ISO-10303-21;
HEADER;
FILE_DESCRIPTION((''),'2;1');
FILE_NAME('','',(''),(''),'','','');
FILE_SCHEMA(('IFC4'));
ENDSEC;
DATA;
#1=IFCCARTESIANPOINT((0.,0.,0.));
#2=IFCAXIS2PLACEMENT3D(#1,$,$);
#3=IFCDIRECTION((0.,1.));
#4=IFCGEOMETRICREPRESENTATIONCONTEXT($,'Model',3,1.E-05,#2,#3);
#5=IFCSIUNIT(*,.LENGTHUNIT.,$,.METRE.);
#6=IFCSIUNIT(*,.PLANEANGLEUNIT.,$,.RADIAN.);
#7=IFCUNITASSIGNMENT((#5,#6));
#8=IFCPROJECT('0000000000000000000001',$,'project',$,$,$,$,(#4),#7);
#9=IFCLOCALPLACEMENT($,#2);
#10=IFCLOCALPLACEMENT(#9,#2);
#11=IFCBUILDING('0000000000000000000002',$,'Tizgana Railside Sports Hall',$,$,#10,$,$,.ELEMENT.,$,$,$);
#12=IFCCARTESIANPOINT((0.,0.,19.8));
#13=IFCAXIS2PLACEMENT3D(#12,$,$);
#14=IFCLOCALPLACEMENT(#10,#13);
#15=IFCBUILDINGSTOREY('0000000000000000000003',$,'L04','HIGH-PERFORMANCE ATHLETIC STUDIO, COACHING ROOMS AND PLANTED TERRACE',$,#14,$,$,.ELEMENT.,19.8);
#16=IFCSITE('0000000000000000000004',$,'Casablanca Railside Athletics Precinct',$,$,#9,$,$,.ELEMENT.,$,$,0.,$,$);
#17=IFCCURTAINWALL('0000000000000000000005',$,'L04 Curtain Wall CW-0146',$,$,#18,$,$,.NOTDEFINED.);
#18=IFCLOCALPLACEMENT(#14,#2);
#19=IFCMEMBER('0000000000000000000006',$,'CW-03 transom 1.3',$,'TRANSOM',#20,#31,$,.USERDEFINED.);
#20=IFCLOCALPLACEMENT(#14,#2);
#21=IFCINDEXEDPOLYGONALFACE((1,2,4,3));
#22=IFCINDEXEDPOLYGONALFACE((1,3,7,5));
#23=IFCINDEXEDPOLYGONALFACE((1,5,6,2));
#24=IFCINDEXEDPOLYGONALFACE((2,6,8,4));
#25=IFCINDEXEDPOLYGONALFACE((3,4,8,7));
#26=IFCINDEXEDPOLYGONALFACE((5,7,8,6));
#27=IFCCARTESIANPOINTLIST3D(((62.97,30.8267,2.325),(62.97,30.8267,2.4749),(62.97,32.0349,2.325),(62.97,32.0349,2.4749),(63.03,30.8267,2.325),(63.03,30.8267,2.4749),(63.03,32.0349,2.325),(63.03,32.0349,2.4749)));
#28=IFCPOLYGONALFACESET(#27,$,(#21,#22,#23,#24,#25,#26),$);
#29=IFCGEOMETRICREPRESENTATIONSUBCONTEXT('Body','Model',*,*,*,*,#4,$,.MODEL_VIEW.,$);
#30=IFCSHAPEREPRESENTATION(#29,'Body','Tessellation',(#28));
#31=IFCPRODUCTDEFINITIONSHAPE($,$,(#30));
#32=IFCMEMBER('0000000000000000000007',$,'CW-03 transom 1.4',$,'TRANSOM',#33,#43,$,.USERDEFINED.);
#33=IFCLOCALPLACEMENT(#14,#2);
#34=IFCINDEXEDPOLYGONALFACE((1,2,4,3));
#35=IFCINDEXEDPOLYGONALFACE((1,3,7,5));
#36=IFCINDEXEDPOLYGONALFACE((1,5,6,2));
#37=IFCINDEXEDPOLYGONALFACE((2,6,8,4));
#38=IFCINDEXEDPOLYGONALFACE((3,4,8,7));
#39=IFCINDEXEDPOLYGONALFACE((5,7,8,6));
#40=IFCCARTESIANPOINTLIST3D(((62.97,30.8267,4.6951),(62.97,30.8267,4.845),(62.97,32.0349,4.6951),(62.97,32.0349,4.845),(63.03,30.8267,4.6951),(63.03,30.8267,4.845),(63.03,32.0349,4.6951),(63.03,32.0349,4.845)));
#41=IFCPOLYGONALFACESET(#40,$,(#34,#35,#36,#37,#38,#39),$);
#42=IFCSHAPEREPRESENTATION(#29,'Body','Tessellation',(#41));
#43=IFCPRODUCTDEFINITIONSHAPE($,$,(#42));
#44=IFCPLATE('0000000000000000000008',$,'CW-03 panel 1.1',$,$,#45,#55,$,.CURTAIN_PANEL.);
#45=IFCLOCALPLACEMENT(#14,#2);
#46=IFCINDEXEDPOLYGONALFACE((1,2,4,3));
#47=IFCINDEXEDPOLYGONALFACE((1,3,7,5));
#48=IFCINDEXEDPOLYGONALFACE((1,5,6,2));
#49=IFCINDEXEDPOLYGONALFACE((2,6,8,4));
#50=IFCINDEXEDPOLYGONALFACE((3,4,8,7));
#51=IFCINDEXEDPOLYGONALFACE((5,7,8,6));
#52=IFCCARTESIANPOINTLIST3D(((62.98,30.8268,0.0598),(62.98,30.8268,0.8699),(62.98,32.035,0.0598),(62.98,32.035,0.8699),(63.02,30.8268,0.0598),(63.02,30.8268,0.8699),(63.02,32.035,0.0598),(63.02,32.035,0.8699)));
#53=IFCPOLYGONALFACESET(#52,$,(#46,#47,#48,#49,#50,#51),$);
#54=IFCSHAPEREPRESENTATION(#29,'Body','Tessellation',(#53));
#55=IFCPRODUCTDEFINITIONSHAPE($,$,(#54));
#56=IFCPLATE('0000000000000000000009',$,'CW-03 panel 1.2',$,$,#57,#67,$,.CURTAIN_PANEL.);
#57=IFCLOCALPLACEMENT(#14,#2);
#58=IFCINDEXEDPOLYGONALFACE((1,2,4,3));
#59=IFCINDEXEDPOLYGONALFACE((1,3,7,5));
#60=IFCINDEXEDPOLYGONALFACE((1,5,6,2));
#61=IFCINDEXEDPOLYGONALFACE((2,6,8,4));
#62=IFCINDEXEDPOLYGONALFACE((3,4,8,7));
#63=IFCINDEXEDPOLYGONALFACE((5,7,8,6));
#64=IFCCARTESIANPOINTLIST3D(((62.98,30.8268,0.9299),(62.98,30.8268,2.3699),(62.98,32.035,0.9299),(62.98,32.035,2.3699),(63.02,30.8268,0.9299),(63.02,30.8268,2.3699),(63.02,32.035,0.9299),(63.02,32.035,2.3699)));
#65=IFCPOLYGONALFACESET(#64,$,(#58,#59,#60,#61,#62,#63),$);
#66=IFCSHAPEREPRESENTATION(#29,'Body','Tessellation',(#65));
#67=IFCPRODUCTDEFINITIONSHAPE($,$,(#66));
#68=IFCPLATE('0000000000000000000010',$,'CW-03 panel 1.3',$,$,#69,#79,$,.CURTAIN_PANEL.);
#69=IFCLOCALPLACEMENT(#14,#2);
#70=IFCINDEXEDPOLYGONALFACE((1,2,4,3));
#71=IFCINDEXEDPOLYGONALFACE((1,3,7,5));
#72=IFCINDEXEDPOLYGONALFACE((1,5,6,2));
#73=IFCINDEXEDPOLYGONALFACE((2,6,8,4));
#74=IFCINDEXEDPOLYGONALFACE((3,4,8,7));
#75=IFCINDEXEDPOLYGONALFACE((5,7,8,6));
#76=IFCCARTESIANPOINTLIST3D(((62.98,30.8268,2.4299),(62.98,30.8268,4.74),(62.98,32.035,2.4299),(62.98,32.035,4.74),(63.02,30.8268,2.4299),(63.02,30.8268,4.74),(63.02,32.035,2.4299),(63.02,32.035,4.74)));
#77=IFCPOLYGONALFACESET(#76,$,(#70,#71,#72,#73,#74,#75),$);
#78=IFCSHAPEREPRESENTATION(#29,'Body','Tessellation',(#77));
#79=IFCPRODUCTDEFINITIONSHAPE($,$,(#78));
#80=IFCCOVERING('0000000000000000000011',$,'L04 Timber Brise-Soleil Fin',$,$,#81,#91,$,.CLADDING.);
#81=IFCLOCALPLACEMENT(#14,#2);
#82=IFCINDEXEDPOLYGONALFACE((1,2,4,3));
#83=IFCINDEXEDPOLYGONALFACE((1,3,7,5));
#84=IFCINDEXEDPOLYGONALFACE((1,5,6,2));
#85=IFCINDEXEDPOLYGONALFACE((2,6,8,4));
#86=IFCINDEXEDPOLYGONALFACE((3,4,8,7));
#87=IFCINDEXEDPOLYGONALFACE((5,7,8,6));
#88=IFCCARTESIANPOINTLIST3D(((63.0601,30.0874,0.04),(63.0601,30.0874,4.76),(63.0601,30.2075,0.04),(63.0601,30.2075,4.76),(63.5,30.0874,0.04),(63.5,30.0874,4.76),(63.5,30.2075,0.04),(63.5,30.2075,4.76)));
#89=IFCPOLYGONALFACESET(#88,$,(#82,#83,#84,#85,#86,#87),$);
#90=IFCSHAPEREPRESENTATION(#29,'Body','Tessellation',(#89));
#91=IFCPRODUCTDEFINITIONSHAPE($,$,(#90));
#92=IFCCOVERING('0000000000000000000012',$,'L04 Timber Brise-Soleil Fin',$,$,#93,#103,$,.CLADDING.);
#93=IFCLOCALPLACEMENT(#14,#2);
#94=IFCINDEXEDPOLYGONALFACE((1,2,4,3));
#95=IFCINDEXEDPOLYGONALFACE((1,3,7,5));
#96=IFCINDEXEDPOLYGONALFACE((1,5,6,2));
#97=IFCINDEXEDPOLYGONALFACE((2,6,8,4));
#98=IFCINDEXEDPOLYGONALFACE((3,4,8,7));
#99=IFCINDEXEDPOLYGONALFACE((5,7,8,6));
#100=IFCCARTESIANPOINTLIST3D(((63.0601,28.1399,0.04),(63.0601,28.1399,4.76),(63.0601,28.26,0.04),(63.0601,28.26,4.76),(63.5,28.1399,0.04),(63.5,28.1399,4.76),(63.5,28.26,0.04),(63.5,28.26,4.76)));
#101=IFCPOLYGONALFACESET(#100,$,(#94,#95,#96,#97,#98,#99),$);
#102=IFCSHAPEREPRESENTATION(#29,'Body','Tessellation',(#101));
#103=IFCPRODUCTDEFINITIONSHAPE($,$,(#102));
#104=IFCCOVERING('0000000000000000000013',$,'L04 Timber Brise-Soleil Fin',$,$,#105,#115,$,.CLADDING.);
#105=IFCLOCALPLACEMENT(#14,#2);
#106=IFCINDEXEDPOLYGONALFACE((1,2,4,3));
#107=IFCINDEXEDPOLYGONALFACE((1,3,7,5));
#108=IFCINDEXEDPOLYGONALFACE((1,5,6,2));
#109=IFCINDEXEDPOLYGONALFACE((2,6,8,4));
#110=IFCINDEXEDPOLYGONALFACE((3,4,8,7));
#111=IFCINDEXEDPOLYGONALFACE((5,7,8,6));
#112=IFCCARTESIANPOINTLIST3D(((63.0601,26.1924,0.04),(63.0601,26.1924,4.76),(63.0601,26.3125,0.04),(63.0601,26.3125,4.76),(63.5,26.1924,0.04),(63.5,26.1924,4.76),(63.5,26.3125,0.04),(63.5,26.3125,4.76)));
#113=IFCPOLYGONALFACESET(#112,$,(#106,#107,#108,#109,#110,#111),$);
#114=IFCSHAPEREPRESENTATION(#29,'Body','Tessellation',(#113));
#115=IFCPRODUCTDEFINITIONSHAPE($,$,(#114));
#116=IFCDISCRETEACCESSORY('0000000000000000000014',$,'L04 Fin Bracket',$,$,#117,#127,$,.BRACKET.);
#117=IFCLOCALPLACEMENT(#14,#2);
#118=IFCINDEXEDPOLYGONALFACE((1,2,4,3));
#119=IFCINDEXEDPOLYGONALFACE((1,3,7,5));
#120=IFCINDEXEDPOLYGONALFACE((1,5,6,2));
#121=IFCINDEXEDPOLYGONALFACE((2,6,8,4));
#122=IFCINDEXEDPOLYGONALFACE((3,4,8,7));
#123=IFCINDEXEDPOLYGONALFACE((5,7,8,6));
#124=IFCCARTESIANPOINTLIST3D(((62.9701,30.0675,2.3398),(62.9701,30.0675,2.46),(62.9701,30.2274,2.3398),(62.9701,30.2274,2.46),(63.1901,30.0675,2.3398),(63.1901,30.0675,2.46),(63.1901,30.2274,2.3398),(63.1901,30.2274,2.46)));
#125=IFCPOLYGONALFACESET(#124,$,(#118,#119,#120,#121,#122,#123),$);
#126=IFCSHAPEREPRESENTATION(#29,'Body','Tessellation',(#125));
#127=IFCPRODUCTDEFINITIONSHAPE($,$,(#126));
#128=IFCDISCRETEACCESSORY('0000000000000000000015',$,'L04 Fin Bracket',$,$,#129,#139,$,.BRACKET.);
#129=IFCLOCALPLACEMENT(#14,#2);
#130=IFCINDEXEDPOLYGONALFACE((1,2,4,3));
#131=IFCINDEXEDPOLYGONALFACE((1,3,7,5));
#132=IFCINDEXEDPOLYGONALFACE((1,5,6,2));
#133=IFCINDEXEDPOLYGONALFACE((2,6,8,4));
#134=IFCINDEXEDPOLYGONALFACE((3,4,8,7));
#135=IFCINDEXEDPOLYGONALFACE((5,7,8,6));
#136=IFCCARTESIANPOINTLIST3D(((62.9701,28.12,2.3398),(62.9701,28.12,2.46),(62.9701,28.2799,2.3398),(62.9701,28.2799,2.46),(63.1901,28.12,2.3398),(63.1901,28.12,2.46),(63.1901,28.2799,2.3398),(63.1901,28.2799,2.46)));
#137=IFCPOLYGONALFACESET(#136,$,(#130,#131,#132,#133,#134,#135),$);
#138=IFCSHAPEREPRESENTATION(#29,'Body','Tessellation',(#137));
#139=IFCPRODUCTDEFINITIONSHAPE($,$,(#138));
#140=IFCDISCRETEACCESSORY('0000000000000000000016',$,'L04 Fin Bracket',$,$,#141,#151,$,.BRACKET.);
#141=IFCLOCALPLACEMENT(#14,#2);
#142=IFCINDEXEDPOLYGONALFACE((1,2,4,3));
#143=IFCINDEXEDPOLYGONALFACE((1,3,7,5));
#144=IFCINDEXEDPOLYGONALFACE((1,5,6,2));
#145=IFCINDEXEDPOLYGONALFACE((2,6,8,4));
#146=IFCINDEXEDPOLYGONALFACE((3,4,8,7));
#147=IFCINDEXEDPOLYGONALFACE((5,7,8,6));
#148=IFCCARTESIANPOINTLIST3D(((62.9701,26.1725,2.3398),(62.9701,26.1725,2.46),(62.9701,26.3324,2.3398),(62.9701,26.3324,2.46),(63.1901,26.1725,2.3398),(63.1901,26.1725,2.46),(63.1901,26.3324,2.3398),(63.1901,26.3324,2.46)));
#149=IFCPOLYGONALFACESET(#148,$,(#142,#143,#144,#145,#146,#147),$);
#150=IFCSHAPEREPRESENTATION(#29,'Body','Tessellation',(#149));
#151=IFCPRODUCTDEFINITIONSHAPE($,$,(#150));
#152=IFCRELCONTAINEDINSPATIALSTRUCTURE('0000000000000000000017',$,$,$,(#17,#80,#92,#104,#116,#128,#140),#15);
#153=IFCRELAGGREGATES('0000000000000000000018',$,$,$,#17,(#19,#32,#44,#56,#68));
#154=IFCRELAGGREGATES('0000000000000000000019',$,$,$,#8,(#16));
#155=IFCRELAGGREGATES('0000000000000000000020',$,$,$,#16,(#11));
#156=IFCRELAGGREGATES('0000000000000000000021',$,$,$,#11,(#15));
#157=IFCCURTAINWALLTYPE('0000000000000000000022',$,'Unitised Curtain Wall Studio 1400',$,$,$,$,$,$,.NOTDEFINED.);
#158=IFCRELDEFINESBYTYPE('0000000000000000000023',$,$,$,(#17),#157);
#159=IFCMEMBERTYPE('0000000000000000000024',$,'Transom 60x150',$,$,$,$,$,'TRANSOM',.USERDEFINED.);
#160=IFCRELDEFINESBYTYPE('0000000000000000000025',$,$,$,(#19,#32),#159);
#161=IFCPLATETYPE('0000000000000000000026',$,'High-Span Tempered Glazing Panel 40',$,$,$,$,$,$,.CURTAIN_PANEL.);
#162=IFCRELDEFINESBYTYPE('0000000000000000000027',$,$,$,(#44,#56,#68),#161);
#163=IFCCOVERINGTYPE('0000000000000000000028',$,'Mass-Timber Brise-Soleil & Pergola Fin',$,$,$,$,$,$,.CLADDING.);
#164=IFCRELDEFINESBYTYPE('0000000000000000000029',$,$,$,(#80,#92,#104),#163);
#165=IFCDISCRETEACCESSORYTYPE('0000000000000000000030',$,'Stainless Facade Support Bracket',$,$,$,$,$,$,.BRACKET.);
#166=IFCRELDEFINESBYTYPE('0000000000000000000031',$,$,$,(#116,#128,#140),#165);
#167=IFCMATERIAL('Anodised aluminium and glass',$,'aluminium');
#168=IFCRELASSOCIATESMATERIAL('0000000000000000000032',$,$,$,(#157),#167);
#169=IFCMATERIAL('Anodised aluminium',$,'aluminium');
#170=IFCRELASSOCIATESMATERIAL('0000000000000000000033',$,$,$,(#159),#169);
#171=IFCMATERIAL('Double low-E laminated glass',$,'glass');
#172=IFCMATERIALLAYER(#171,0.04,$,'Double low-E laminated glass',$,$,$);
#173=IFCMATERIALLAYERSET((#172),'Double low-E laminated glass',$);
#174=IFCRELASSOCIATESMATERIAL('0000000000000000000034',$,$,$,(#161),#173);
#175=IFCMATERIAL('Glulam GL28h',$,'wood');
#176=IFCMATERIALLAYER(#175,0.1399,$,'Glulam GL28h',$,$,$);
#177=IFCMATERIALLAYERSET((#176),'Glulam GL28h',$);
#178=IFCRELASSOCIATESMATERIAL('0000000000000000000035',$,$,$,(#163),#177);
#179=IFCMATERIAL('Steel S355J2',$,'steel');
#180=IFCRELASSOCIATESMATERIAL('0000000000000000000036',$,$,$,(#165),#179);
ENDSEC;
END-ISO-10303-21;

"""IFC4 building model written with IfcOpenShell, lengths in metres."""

from ifc_helpers import new_model, si_unit, direction, frame, origin, origin_2d, place, context, subcontext, project, spatial, rectangle, extrude, material, layer, layer_set, material_profile, profile_set, type_object, element, aggregate, save


model = new_model("IFC4")

# Units and contexts
model_context = context("Model", 3, precision=1e-05, world=origin(), true_north=direction((0.0, 1.0)))
body_context = subcontext(model_context, "Body", "Model", "MODEL_VIEW")
ifc_project = project(units=[si_unit("LENGTHUNIT", "METRE"), si_unit("PLANEANGLEUNIT", "RADIAN")], contexts=[model_context])

# Site, building, storey
site_placement = place(None, origin())
site = spatial("IfcSite", under=ifc_project, at=site_placement, Name="Casablanca Railside Athletics Precinct", CompositionType="ELEMENT", RefElevation=0.0)
building_placement = place(site_placement, origin())
building = spatial("IfcBuilding", under=site, at=building_placement, Name="Tizgana Railside Sports Hall", CompositionType="ELEMENT")
storey_placement = place(building_placement, frame((0.0, 0.0, 19.8)))
storey = spatial("IfcBuildingStorey", under=building, at=storey_placement, Name="L04", Description="HIGH-PERFORMANCE ATHLETIC STUDIO, COACHING ROOMS AND PLANTED TERRACE", CompositionType="ELEMENT", Elevation=19.8)

# Curtain wall, members, plates
ifc_material_1 = material(Name="Anodised aluminium and glass", Category="aluminium")
curtain_wall_type = type_object("IfcCurtainWallType", Name="Unitised Curtain Wall Studio 1400", PredefinedType="NOTDEFINED", material=ifc_material_1)
curtain_wall_placement = place(storey_placement, origin())
curtain_wall = element("IfcCurtainWall", 1, at=curtain_wall_placement, inside=storey, type_object=curtain_wall_type, Name="L04 Curtain Wall CW-0146", PredefinedType="NOTDEFINED")
ifc_material_2 = material(Name="Anodised aluminium", Category="aluminium")
ifc_material_profile_1 = material_profile(ifc_material_2, rectangle(XDim=0.0601, YDim=0.1499, at=origin_2d()), Name="Transom 60x150")
ifc_profile_set_1 = profile_set([ifc_material_profile_1], Name="Anodised aluminium")
member_type_1 = type_object("IfcMemberType", Name="Transom 60x150", ElementType="TRANSOM", PredefinedType="USERDEFINED", material=ifc_profile_set_1)
member_1_placement = place(storey_placement, frame((63.0, 32.0349, 2.3999), z_axis=(0.0, -1.0, 0.0), x_axis=(1.0, 0.0, 0.0)))
member_1 = element("IfcMember", 2, at=member_1_placement, type_object=member_type_1, Name="CW-03 transom 1.3", ObjectType="TRANSOM", PredefinedType="USERDEFINED", context=body_context, shape_type="SweptSolid", body=[
    extrude(rectangle(XDim=0.0601, YDim=0.1499, at=origin_2d()), origin(), (0.0, 0.0, 1.0), 1.2083),
])
member_2_placement = place(storey_placement, frame((63.0, 32.0349, 4.77), z_axis=(0.0, -1.0, 0.0), x_axis=(1.0, 0.0, 0.0)))
member_2 = element("IfcMember", 3, at=member_2_placement, type_object=member_type_1, Name="CW-03 transom 1.4", ObjectType="TRANSOM", PredefinedType="USERDEFINED", context=body_context, shape_type="SweptSolid", body=[
    extrude(rectangle(XDim=0.0601, YDim=0.1499, at=origin_2d()), origin(), (0.0, 0.0, 1.0), 1.2083),
])
ifc_material_3 = material(Name="Double low-E laminated glass", Category="glass")
ifc_layer_1 = layer(ifc_material_3, 0.04, Name="Double low-E laminated glass")
ifc_layer_set_1 = layer_set([ifc_layer_1], Name="Double low-E laminated glass")
plate_type = type_object("IfcPlateType", Name="High-Span Tempered Glazing Panel 40", PredefinedType="CURTAIN_PANEL", material=ifc_layer_set_1)
plate_1_placement = place(storey_placement, frame((63.0, 31.4309, 0.0598), z_axis=(0.0, 0.0, 1.0), x_axis=(0.0, -1.0, 0.0)))
plate_1 = element("IfcPlate", 4, at=plate_1_placement, type_object=plate_type, Name="CW-03 panel 1.1", PredefinedType="CURTAIN_PANEL", context=body_context, shape_type="SweptSolid", body=[
    extrude(rectangle(XDim=1.2083, YDim=0.04, at=origin_2d()), origin(), (0.0, 0.0, 1.0), 0.8101),
])
plate_2_placement = place(storey_placement, frame((63.0, 31.4309, 0.9299), z_axis=(0.0, 0.0, 1.0), x_axis=(0.0, -1.0, 0.0)))
plate_2 = element("IfcPlate", 5, at=plate_2_placement, type_object=plate_type, Name="CW-03 panel 1.2", PredefinedType="CURTAIN_PANEL", context=body_context, shape_type="SweptSolid", body=[
    extrude(rectangle(XDim=1.2083, YDim=0.04, at=origin_2d()), origin(), (0.0, 0.0, 1.0), 1.4399),
])
plate_3_placement = place(storey_placement, frame((63.0, 31.4309, 2.4299), z_axis=(0.0, 0.0, 1.0), x_axis=(0.0, -1.0, 0.0)))
plate_3 = element("IfcPlate", 6, at=plate_3_placement, type_object=plate_type, Name="CW-03 panel 1.3", PredefinedType="CURTAIN_PANEL", context=body_context, shape_type="SweptSolid", body=[
    extrude(rectangle(XDim=1.2083, YDim=0.04, at=origin_2d()), origin(), (0.0, 0.0, 1.0), 2.3101),
])
aggregate(curtain_wall, [member_1, member_2, plate_1, plate_2, plate_3])

# Coverings
ifc_material_4 = material(Name="Glulam GL28h", Category="wood")
ifc_layer_2 = layer(ifc_material_4, 0.1399, Name="Glulam GL28h")
ifc_layer_set_2 = layer_set([ifc_layer_2], Name="Glulam GL28h")
covering_type = type_object("IfcCoveringType", Name="Mass-Timber Brise-Soleil & Pergola Fin", PredefinedType="CLADDING", material=ifc_layer_set_2)
for number, where, z_axis, x_axis, name in (
    (7, (63.28, 30.1475, 0.04), (0.0, 0.0, 1.0), (0.0, -1.0, 0.0), "L04 Timber Brise-Soleil Fin"),
    (8, (63.28, 28.2, 0.04), (0.0, 0.0, 1.0), (0.0, -1.0, 0.0), "L04 Timber Brise-Soleil Fin"),
    (9, (63.28, 26.2524, 0.04), (0.0, 0.0, 1.0), (0.0, -1.0, 0.0), "L04 Timber Brise-Soleil Fin"),
):
    element("IfcCovering", number, at=place(storey_placement, frame(where, z_axis=z_axis, x_axis=x_axis)), inside=storey, type_object=covering_type, Name=name, PredefinedType="CLADDING", context=body_context, shape_type="SweptSolid", body=[
        extrude(rectangle(XDim=0.1201, YDim=0.4399, at=origin_2d()), origin(), (0.0, 0.0, 1.0), 4.72),
    ])

# Discrete accessories
ifc_material_5 = material(Name="Steel S355J2", Category="steel")
discrete_accessory_type = type_object("IfcDiscreteAccessoryType", Name="Stainless Facade Support Bracket", PredefinedType="BRACKET", material=ifc_material_5)
for number, where, z_axis, x_axis, name in (
    (10, (63.0801, 30.1475, 2.3398), (0.0, 0.0, 1.0), (0.0, -1.0, 0.0), "L04 Fin Bracket"),
    (11, (63.0801, 28.2, 2.3398), (0.0, 0.0, 1.0), (0.0, -1.0, 0.0), "L04 Fin Bracket"),
    (12, (63.0801, 26.2524, 2.3398), (0.0, 0.0, 1.0), (0.0, -1.0, 0.0), "L04 Fin Bracket"),
):
    element("IfcDiscreteAccessory", number, at=place(storey_placement, frame(where, z_axis=z_axis, x_axis=x_axis)), inside=storey, type_object=discrete_accessory_type, Name=name, PredefinedType="BRACKET", context=body_context, shape_type="SweptSolid", body=[
        extrude(rectangle(XDim=0.1599, YDim=0.22, at=origin_2d()), origin(), (0.0, 0.0, 1.0), 0.1201),
    ])

save(model, "model.ifc")
